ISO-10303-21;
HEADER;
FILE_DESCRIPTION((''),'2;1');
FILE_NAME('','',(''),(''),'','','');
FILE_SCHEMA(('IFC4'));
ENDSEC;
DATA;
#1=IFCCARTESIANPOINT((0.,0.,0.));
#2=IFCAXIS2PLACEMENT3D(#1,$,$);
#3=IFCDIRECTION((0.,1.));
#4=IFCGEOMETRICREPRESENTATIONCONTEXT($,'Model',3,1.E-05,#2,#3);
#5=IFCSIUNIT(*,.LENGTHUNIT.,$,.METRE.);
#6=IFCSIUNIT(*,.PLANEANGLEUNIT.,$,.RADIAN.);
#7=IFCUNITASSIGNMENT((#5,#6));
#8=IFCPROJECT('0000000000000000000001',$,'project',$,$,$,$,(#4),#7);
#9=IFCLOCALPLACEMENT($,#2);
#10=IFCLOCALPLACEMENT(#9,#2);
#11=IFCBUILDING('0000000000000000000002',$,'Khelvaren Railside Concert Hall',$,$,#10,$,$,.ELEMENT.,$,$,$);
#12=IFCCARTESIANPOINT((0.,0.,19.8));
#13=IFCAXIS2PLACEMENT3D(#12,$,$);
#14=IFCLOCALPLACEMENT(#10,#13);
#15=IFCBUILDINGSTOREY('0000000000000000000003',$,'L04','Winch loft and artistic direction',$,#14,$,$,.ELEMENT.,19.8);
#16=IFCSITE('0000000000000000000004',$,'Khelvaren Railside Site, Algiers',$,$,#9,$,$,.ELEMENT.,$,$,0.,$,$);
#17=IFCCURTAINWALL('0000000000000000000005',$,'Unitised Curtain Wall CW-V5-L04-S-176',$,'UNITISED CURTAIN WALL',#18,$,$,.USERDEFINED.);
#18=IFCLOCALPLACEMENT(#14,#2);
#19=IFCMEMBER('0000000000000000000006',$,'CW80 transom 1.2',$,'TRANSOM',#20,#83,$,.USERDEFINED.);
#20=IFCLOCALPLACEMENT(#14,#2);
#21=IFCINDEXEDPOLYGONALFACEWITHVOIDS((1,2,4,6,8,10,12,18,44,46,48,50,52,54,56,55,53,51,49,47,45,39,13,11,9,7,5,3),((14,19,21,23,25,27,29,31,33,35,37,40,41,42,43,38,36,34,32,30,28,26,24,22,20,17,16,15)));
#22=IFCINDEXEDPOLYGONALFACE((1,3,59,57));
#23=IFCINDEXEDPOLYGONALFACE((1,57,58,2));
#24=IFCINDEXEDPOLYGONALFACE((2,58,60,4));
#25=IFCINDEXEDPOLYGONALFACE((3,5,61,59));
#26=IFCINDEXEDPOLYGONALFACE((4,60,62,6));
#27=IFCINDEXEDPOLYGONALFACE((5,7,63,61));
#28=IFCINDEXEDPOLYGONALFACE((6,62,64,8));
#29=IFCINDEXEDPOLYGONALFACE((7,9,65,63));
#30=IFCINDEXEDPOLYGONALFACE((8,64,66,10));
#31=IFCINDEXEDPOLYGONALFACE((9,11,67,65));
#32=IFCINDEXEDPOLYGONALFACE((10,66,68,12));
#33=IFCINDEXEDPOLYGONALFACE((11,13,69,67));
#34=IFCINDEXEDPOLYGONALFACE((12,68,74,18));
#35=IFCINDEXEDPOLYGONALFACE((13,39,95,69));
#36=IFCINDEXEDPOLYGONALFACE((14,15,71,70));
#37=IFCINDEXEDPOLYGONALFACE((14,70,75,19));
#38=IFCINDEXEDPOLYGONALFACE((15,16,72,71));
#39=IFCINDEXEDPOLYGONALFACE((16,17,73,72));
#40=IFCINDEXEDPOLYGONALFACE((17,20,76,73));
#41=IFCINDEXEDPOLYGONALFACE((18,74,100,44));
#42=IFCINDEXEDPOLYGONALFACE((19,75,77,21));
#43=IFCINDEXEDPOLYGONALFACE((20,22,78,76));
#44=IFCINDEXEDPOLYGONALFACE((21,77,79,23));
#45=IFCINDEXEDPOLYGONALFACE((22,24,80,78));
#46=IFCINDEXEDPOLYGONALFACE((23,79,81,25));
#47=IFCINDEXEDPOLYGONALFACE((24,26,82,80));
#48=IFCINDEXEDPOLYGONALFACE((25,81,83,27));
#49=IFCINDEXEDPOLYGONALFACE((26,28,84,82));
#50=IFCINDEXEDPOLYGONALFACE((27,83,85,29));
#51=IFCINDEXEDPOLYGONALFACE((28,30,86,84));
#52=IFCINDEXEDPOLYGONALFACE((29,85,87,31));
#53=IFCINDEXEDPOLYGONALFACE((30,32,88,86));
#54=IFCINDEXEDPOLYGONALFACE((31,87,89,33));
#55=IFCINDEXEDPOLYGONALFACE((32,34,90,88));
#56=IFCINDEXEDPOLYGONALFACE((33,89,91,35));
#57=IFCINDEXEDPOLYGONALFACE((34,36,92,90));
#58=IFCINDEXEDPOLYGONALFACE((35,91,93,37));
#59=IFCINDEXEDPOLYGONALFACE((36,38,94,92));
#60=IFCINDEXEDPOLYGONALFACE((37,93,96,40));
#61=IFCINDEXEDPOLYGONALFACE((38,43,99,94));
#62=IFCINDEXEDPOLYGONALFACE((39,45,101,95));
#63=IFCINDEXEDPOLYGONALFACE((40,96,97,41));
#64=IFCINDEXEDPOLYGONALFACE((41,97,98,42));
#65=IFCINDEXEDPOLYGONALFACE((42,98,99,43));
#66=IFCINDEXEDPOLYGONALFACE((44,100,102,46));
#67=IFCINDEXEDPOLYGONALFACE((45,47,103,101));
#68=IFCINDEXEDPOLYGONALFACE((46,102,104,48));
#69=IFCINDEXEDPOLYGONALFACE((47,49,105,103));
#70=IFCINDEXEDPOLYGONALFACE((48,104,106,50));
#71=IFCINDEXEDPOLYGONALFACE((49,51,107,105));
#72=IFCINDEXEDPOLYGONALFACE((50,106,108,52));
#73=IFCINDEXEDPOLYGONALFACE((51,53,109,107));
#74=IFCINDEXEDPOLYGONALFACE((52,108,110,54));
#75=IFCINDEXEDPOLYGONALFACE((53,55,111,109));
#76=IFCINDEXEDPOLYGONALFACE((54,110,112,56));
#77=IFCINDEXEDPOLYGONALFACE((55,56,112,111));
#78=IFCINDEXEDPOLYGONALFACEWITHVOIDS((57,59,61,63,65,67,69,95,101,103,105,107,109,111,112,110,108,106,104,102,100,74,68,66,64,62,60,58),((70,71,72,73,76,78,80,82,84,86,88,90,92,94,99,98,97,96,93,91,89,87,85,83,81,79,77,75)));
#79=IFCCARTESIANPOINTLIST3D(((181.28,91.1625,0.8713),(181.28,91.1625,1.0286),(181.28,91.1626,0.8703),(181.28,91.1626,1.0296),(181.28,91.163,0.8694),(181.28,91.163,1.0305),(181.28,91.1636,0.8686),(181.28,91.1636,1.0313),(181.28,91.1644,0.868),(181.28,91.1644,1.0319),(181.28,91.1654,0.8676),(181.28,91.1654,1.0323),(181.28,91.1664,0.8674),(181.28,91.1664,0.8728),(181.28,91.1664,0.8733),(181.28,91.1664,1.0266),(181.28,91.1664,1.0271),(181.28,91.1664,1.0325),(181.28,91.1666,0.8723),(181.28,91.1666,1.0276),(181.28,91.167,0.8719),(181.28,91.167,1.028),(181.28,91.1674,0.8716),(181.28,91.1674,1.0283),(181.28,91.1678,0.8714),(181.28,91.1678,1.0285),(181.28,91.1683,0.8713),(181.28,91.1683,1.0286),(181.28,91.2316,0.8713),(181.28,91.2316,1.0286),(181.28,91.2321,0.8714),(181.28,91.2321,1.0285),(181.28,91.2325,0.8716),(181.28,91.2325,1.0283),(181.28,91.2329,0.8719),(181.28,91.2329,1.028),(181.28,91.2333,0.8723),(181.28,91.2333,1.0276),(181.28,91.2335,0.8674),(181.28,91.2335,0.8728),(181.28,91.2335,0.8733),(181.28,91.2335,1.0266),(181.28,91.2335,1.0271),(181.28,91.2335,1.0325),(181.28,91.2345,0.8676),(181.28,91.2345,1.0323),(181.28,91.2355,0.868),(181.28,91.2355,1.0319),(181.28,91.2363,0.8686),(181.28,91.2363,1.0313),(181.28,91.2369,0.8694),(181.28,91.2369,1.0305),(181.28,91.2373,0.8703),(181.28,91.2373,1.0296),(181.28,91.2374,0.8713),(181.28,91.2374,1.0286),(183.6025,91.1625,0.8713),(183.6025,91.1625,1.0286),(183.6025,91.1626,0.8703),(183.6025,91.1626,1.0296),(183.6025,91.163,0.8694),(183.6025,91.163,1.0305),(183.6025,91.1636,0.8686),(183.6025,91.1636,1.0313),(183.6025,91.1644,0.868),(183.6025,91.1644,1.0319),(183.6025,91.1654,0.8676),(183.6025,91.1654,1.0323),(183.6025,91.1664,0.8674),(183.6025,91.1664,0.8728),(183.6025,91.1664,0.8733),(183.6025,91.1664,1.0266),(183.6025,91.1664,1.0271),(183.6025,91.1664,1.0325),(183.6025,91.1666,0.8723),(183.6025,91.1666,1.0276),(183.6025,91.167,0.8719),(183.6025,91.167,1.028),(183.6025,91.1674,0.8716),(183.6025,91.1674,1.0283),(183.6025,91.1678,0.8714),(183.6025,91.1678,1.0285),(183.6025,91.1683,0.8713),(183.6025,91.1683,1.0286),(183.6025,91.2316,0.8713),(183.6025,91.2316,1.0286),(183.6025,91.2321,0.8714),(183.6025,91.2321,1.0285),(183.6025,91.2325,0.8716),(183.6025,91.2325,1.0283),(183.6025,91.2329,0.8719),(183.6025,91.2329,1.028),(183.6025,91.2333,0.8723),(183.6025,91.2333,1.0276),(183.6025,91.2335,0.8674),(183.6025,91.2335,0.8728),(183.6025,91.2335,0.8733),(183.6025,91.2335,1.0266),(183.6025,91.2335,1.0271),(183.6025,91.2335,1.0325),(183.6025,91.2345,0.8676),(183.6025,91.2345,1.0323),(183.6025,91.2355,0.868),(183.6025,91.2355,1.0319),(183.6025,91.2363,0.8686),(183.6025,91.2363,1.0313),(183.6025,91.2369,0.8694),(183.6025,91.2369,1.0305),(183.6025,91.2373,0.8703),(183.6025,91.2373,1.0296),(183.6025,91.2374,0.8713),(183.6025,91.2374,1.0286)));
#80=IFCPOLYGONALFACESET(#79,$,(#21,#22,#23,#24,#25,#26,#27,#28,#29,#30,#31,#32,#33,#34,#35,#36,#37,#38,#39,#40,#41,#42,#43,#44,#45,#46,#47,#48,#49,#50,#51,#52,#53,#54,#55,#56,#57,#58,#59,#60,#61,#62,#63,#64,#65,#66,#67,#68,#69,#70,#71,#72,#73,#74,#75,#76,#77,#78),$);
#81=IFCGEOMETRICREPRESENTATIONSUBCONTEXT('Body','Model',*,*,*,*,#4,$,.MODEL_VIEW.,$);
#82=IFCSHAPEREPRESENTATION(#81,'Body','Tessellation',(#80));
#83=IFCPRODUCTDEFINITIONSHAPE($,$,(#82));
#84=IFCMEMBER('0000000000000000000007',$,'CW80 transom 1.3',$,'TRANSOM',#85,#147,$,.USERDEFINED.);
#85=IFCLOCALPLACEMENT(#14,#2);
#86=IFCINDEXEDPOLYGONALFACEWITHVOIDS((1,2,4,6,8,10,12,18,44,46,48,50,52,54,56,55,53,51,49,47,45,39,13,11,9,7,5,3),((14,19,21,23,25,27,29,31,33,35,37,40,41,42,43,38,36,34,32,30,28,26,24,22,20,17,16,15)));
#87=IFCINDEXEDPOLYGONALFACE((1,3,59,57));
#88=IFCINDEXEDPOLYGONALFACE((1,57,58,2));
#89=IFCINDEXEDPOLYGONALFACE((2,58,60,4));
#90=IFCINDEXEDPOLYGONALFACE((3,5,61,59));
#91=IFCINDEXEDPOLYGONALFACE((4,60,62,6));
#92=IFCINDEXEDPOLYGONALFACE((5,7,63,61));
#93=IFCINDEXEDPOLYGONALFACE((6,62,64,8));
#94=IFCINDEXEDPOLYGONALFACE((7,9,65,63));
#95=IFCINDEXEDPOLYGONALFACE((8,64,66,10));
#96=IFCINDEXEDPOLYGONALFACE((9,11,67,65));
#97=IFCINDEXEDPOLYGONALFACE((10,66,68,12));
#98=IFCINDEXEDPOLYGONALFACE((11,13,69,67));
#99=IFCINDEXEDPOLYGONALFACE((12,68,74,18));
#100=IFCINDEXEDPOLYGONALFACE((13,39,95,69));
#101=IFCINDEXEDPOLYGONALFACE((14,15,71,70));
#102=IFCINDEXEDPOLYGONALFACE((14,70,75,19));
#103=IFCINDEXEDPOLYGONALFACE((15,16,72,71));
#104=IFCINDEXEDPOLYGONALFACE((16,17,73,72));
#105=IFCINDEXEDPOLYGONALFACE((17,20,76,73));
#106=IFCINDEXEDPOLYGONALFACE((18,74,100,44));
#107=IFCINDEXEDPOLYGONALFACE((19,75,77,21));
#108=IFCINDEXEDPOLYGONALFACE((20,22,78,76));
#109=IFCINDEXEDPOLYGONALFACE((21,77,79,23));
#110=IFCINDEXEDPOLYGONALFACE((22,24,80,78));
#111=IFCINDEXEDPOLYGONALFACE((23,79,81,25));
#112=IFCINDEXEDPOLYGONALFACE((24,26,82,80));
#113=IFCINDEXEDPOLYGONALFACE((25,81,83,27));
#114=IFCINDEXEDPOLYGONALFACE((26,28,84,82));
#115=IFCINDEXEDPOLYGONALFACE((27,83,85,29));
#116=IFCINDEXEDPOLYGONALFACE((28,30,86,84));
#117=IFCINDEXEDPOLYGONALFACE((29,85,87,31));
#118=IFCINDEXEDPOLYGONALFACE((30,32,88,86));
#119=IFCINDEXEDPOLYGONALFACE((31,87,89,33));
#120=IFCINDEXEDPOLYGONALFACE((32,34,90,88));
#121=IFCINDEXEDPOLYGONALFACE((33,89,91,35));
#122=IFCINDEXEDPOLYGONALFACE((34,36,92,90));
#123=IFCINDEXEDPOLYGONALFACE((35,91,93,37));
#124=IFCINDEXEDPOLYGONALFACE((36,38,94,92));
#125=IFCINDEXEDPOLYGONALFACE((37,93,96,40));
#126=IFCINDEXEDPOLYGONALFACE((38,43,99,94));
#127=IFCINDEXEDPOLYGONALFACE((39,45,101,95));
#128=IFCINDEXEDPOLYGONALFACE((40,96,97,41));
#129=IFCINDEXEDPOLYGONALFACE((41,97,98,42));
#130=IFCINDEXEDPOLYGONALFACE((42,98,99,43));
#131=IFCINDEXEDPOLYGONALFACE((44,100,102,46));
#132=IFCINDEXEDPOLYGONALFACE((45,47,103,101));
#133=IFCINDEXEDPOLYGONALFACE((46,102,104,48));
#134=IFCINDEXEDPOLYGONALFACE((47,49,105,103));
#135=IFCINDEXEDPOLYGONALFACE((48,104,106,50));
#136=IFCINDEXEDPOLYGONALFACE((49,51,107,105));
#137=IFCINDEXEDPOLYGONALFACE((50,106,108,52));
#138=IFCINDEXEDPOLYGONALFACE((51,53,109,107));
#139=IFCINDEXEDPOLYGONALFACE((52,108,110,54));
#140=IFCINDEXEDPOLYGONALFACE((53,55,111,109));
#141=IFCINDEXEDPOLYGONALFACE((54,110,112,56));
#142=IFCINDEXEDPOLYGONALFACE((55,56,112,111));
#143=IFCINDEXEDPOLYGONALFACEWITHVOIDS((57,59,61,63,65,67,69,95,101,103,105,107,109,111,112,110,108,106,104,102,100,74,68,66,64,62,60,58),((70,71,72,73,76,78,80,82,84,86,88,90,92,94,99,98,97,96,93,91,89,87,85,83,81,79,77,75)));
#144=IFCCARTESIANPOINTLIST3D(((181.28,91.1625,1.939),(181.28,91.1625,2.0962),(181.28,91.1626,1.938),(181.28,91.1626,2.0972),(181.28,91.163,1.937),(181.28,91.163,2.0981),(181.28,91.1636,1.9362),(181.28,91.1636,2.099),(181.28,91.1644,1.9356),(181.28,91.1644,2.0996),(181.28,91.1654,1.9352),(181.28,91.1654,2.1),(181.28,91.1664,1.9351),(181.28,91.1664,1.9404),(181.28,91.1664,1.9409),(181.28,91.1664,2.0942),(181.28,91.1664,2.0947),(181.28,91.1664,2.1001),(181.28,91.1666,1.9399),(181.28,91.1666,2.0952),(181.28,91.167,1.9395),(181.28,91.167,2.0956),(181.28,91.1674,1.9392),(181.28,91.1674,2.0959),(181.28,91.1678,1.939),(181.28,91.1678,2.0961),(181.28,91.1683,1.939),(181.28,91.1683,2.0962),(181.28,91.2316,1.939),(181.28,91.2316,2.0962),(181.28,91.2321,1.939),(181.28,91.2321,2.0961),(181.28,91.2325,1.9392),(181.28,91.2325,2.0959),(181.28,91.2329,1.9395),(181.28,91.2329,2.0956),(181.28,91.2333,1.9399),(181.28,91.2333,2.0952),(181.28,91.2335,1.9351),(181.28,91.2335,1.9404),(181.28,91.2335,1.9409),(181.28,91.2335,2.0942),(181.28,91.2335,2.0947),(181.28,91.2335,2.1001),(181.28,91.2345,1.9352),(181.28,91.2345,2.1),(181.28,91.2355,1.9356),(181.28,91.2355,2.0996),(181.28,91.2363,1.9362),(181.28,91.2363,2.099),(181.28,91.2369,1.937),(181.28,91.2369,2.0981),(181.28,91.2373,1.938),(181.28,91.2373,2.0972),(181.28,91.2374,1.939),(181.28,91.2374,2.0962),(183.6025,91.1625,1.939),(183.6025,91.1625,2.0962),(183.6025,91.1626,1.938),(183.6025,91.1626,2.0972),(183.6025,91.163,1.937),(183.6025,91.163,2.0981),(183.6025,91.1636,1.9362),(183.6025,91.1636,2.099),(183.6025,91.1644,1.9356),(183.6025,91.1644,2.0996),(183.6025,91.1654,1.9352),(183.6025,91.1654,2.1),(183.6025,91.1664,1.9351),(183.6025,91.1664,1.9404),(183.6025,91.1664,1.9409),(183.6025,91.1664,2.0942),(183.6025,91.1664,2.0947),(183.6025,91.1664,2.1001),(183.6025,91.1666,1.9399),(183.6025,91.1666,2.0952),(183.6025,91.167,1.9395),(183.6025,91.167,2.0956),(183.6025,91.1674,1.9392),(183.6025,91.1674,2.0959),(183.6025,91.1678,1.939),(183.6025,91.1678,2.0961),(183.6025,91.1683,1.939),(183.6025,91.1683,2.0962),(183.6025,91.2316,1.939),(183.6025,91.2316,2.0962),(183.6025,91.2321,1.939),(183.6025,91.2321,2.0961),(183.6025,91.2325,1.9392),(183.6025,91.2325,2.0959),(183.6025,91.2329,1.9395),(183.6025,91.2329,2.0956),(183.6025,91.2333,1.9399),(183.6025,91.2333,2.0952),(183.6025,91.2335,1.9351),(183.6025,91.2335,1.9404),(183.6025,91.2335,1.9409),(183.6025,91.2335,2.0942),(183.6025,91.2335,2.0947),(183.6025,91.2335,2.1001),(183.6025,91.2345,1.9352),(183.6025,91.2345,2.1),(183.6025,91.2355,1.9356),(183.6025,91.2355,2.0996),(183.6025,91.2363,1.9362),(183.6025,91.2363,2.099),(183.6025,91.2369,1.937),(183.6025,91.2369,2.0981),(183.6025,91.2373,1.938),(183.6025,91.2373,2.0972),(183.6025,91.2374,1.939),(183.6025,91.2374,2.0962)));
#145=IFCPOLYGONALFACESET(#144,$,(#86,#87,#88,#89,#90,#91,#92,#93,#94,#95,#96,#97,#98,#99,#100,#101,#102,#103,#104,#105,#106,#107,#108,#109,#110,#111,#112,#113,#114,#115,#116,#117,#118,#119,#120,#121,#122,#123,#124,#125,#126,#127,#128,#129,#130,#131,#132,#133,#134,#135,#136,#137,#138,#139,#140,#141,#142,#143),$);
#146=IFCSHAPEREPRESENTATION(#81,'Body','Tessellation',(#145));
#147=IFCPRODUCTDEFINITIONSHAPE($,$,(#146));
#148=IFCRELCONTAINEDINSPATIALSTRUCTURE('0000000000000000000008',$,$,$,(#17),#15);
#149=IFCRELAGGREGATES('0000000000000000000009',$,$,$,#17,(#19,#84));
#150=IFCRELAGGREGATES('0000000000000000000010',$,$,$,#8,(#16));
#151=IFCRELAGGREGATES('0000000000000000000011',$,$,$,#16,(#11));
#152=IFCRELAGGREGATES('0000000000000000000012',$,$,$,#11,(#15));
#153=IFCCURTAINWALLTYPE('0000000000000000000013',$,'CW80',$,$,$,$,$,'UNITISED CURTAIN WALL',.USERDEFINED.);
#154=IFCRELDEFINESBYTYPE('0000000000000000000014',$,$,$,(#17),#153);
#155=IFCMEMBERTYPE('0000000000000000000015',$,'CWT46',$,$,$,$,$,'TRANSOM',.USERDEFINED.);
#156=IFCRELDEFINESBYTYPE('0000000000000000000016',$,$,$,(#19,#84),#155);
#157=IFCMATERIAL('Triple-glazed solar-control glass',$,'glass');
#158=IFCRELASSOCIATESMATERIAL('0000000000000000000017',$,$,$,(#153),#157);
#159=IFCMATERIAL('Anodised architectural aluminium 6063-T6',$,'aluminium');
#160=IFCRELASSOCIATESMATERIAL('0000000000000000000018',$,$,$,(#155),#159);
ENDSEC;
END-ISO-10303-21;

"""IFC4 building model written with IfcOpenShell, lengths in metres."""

from ifc_helpers import new_model, si_unit, direction, frame, origin, origin_2d, place, context, subcontext, project, spatial, hollow_rectangle, extrude, material, material_profile, profile_set, type_object, element, aggregate, save


model = new_model("IFC4")

# Units and contexts
model_context = context("Model", 3, precision=1e-05, world=origin(), true_north=direction((0.0, 1.0)))
body_context = subcontext(model_context, "Body", "Model", "MODEL_VIEW")
ifc_project = project(units=[si_unit("LENGTHUNIT", "METRE"), si_unit("PLANEANGLEUNIT", "RADIAN")], contexts=[model_context])

# Site, building, storey
site_placement = place(None, origin())
site = spatial("IfcSite", under=ifc_project, at=site_placement, Name="Khelvaren Railside Site, Algiers", CompositionType="ELEMENT", RefElevation=0.0)
building_placement = place(site_placement, origin())
building = spatial("IfcBuilding", under=site, at=building_placement, Name="Khelvaren Railside Concert Hall", CompositionType="ELEMENT")
storey_placement = place(building_placement, frame((0.0, 0.0, 19.8)))
storey = spatial("IfcBuildingStorey", under=building, at=storey_placement, Name="L04", Description="Winch loft and artistic direction", CompositionType="ELEMENT", Elevation=19.8)

# Curtain wall
ifc_material_1 = material(Name="Triple-glazed solar-control glass", Category="glass")
curtain_wall_type_1 = type_object("IfcCurtainWallType", Name="CW80", ElementType="UNITISED CURTAIN WALL", PredefinedType="USERDEFINED", material=ifc_material_1)
curtain_wall_1_placement = place(storey_placement, origin())
curtain_wall_1 = element("IfcCurtainWall", 1, at=curtain_wall_1_placement, inside=storey, type_object=curtain_wall_type_1, Name="Unitised Curtain Wall CW-V5-L04-S-176", ObjectType="UNITISED CURTAIN WALL", PredefinedType="USERDEFINED")
ifc_material_2 = material(Name="Anodised architectural aluminium 6063-T6", Category="aluminium")

# Members
ifc_material_profile_1 = material_profile(ifc_material_2, hollow_rectangle(XDim=0.075, YDim=0.165, WallThickness=0.0039, InnerFilletRadius=0.002, OuterFilletRadius=0.0039, at=origin_2d()), Name="CWT 75x165x4")
ifc_profile_set_1 = profile_set([ifc_material_profile_1], Name="Anodised architectural aluminium 6063-T6")
member_type_1 = type_object("IfcMemberType", Name="CWT46", ElementType="TRANSOM", PredefinedType="USERDEFINED", material=ifc_profile_set_1)
member_1_placement = place(storey_placement, frame((183.6025, 91.2, 0.95), z_axis=(-1.0, 0.0, 0.0), x_axis=(0.0, -1.0, 0.0)))
member_1 = element("IfcMember", 2, at=member_1_placement, type_object=member_type_1, Name="CW80 transom 1.2", ObjectType="TRANSOM", PredefinedType="USERDEFINED", context=body_context, shape_type="SweptSolid", body=[
    extrude(hollow_rectangle(XDim=0.075, YDim=0.165, WallThickness=0.0039, InnerFilletRadius=0.002, OuterFilletRadius=0.0039, at=origin_2d()), origin(), (0.0, 0.0, 1.0), 2.3225),
])
member_2_placement = place(storey_placement, frame((183.6025, 91.2, 2.0176), z_axis=(-1.0, 0.0, 0.0), x_axis=(0.0, -1.0, 0.0)))
member_2 = element("IfcMember", 3, at=member_2_placement, type_object=member_type_1, Name="CW80 transom 1.3", ObjectType="TRANSOM", PredefinedType="USERDEFINED", context=body_context, shape_type="SweptSolid", body=[
    extrude(hollow_rectangle(XDim=0.075, YDim=0.165, WallThickness=0.0039, InnerFilletRadius=0.002, OuterFilletRadius=0.0039, at=origin_2d()), origin(), (0.0, 0.0, 1.0), 2.3225),
])

aggregate(curtain_wall_1, [member_1, member_2])

save(model, "model.ifc")
